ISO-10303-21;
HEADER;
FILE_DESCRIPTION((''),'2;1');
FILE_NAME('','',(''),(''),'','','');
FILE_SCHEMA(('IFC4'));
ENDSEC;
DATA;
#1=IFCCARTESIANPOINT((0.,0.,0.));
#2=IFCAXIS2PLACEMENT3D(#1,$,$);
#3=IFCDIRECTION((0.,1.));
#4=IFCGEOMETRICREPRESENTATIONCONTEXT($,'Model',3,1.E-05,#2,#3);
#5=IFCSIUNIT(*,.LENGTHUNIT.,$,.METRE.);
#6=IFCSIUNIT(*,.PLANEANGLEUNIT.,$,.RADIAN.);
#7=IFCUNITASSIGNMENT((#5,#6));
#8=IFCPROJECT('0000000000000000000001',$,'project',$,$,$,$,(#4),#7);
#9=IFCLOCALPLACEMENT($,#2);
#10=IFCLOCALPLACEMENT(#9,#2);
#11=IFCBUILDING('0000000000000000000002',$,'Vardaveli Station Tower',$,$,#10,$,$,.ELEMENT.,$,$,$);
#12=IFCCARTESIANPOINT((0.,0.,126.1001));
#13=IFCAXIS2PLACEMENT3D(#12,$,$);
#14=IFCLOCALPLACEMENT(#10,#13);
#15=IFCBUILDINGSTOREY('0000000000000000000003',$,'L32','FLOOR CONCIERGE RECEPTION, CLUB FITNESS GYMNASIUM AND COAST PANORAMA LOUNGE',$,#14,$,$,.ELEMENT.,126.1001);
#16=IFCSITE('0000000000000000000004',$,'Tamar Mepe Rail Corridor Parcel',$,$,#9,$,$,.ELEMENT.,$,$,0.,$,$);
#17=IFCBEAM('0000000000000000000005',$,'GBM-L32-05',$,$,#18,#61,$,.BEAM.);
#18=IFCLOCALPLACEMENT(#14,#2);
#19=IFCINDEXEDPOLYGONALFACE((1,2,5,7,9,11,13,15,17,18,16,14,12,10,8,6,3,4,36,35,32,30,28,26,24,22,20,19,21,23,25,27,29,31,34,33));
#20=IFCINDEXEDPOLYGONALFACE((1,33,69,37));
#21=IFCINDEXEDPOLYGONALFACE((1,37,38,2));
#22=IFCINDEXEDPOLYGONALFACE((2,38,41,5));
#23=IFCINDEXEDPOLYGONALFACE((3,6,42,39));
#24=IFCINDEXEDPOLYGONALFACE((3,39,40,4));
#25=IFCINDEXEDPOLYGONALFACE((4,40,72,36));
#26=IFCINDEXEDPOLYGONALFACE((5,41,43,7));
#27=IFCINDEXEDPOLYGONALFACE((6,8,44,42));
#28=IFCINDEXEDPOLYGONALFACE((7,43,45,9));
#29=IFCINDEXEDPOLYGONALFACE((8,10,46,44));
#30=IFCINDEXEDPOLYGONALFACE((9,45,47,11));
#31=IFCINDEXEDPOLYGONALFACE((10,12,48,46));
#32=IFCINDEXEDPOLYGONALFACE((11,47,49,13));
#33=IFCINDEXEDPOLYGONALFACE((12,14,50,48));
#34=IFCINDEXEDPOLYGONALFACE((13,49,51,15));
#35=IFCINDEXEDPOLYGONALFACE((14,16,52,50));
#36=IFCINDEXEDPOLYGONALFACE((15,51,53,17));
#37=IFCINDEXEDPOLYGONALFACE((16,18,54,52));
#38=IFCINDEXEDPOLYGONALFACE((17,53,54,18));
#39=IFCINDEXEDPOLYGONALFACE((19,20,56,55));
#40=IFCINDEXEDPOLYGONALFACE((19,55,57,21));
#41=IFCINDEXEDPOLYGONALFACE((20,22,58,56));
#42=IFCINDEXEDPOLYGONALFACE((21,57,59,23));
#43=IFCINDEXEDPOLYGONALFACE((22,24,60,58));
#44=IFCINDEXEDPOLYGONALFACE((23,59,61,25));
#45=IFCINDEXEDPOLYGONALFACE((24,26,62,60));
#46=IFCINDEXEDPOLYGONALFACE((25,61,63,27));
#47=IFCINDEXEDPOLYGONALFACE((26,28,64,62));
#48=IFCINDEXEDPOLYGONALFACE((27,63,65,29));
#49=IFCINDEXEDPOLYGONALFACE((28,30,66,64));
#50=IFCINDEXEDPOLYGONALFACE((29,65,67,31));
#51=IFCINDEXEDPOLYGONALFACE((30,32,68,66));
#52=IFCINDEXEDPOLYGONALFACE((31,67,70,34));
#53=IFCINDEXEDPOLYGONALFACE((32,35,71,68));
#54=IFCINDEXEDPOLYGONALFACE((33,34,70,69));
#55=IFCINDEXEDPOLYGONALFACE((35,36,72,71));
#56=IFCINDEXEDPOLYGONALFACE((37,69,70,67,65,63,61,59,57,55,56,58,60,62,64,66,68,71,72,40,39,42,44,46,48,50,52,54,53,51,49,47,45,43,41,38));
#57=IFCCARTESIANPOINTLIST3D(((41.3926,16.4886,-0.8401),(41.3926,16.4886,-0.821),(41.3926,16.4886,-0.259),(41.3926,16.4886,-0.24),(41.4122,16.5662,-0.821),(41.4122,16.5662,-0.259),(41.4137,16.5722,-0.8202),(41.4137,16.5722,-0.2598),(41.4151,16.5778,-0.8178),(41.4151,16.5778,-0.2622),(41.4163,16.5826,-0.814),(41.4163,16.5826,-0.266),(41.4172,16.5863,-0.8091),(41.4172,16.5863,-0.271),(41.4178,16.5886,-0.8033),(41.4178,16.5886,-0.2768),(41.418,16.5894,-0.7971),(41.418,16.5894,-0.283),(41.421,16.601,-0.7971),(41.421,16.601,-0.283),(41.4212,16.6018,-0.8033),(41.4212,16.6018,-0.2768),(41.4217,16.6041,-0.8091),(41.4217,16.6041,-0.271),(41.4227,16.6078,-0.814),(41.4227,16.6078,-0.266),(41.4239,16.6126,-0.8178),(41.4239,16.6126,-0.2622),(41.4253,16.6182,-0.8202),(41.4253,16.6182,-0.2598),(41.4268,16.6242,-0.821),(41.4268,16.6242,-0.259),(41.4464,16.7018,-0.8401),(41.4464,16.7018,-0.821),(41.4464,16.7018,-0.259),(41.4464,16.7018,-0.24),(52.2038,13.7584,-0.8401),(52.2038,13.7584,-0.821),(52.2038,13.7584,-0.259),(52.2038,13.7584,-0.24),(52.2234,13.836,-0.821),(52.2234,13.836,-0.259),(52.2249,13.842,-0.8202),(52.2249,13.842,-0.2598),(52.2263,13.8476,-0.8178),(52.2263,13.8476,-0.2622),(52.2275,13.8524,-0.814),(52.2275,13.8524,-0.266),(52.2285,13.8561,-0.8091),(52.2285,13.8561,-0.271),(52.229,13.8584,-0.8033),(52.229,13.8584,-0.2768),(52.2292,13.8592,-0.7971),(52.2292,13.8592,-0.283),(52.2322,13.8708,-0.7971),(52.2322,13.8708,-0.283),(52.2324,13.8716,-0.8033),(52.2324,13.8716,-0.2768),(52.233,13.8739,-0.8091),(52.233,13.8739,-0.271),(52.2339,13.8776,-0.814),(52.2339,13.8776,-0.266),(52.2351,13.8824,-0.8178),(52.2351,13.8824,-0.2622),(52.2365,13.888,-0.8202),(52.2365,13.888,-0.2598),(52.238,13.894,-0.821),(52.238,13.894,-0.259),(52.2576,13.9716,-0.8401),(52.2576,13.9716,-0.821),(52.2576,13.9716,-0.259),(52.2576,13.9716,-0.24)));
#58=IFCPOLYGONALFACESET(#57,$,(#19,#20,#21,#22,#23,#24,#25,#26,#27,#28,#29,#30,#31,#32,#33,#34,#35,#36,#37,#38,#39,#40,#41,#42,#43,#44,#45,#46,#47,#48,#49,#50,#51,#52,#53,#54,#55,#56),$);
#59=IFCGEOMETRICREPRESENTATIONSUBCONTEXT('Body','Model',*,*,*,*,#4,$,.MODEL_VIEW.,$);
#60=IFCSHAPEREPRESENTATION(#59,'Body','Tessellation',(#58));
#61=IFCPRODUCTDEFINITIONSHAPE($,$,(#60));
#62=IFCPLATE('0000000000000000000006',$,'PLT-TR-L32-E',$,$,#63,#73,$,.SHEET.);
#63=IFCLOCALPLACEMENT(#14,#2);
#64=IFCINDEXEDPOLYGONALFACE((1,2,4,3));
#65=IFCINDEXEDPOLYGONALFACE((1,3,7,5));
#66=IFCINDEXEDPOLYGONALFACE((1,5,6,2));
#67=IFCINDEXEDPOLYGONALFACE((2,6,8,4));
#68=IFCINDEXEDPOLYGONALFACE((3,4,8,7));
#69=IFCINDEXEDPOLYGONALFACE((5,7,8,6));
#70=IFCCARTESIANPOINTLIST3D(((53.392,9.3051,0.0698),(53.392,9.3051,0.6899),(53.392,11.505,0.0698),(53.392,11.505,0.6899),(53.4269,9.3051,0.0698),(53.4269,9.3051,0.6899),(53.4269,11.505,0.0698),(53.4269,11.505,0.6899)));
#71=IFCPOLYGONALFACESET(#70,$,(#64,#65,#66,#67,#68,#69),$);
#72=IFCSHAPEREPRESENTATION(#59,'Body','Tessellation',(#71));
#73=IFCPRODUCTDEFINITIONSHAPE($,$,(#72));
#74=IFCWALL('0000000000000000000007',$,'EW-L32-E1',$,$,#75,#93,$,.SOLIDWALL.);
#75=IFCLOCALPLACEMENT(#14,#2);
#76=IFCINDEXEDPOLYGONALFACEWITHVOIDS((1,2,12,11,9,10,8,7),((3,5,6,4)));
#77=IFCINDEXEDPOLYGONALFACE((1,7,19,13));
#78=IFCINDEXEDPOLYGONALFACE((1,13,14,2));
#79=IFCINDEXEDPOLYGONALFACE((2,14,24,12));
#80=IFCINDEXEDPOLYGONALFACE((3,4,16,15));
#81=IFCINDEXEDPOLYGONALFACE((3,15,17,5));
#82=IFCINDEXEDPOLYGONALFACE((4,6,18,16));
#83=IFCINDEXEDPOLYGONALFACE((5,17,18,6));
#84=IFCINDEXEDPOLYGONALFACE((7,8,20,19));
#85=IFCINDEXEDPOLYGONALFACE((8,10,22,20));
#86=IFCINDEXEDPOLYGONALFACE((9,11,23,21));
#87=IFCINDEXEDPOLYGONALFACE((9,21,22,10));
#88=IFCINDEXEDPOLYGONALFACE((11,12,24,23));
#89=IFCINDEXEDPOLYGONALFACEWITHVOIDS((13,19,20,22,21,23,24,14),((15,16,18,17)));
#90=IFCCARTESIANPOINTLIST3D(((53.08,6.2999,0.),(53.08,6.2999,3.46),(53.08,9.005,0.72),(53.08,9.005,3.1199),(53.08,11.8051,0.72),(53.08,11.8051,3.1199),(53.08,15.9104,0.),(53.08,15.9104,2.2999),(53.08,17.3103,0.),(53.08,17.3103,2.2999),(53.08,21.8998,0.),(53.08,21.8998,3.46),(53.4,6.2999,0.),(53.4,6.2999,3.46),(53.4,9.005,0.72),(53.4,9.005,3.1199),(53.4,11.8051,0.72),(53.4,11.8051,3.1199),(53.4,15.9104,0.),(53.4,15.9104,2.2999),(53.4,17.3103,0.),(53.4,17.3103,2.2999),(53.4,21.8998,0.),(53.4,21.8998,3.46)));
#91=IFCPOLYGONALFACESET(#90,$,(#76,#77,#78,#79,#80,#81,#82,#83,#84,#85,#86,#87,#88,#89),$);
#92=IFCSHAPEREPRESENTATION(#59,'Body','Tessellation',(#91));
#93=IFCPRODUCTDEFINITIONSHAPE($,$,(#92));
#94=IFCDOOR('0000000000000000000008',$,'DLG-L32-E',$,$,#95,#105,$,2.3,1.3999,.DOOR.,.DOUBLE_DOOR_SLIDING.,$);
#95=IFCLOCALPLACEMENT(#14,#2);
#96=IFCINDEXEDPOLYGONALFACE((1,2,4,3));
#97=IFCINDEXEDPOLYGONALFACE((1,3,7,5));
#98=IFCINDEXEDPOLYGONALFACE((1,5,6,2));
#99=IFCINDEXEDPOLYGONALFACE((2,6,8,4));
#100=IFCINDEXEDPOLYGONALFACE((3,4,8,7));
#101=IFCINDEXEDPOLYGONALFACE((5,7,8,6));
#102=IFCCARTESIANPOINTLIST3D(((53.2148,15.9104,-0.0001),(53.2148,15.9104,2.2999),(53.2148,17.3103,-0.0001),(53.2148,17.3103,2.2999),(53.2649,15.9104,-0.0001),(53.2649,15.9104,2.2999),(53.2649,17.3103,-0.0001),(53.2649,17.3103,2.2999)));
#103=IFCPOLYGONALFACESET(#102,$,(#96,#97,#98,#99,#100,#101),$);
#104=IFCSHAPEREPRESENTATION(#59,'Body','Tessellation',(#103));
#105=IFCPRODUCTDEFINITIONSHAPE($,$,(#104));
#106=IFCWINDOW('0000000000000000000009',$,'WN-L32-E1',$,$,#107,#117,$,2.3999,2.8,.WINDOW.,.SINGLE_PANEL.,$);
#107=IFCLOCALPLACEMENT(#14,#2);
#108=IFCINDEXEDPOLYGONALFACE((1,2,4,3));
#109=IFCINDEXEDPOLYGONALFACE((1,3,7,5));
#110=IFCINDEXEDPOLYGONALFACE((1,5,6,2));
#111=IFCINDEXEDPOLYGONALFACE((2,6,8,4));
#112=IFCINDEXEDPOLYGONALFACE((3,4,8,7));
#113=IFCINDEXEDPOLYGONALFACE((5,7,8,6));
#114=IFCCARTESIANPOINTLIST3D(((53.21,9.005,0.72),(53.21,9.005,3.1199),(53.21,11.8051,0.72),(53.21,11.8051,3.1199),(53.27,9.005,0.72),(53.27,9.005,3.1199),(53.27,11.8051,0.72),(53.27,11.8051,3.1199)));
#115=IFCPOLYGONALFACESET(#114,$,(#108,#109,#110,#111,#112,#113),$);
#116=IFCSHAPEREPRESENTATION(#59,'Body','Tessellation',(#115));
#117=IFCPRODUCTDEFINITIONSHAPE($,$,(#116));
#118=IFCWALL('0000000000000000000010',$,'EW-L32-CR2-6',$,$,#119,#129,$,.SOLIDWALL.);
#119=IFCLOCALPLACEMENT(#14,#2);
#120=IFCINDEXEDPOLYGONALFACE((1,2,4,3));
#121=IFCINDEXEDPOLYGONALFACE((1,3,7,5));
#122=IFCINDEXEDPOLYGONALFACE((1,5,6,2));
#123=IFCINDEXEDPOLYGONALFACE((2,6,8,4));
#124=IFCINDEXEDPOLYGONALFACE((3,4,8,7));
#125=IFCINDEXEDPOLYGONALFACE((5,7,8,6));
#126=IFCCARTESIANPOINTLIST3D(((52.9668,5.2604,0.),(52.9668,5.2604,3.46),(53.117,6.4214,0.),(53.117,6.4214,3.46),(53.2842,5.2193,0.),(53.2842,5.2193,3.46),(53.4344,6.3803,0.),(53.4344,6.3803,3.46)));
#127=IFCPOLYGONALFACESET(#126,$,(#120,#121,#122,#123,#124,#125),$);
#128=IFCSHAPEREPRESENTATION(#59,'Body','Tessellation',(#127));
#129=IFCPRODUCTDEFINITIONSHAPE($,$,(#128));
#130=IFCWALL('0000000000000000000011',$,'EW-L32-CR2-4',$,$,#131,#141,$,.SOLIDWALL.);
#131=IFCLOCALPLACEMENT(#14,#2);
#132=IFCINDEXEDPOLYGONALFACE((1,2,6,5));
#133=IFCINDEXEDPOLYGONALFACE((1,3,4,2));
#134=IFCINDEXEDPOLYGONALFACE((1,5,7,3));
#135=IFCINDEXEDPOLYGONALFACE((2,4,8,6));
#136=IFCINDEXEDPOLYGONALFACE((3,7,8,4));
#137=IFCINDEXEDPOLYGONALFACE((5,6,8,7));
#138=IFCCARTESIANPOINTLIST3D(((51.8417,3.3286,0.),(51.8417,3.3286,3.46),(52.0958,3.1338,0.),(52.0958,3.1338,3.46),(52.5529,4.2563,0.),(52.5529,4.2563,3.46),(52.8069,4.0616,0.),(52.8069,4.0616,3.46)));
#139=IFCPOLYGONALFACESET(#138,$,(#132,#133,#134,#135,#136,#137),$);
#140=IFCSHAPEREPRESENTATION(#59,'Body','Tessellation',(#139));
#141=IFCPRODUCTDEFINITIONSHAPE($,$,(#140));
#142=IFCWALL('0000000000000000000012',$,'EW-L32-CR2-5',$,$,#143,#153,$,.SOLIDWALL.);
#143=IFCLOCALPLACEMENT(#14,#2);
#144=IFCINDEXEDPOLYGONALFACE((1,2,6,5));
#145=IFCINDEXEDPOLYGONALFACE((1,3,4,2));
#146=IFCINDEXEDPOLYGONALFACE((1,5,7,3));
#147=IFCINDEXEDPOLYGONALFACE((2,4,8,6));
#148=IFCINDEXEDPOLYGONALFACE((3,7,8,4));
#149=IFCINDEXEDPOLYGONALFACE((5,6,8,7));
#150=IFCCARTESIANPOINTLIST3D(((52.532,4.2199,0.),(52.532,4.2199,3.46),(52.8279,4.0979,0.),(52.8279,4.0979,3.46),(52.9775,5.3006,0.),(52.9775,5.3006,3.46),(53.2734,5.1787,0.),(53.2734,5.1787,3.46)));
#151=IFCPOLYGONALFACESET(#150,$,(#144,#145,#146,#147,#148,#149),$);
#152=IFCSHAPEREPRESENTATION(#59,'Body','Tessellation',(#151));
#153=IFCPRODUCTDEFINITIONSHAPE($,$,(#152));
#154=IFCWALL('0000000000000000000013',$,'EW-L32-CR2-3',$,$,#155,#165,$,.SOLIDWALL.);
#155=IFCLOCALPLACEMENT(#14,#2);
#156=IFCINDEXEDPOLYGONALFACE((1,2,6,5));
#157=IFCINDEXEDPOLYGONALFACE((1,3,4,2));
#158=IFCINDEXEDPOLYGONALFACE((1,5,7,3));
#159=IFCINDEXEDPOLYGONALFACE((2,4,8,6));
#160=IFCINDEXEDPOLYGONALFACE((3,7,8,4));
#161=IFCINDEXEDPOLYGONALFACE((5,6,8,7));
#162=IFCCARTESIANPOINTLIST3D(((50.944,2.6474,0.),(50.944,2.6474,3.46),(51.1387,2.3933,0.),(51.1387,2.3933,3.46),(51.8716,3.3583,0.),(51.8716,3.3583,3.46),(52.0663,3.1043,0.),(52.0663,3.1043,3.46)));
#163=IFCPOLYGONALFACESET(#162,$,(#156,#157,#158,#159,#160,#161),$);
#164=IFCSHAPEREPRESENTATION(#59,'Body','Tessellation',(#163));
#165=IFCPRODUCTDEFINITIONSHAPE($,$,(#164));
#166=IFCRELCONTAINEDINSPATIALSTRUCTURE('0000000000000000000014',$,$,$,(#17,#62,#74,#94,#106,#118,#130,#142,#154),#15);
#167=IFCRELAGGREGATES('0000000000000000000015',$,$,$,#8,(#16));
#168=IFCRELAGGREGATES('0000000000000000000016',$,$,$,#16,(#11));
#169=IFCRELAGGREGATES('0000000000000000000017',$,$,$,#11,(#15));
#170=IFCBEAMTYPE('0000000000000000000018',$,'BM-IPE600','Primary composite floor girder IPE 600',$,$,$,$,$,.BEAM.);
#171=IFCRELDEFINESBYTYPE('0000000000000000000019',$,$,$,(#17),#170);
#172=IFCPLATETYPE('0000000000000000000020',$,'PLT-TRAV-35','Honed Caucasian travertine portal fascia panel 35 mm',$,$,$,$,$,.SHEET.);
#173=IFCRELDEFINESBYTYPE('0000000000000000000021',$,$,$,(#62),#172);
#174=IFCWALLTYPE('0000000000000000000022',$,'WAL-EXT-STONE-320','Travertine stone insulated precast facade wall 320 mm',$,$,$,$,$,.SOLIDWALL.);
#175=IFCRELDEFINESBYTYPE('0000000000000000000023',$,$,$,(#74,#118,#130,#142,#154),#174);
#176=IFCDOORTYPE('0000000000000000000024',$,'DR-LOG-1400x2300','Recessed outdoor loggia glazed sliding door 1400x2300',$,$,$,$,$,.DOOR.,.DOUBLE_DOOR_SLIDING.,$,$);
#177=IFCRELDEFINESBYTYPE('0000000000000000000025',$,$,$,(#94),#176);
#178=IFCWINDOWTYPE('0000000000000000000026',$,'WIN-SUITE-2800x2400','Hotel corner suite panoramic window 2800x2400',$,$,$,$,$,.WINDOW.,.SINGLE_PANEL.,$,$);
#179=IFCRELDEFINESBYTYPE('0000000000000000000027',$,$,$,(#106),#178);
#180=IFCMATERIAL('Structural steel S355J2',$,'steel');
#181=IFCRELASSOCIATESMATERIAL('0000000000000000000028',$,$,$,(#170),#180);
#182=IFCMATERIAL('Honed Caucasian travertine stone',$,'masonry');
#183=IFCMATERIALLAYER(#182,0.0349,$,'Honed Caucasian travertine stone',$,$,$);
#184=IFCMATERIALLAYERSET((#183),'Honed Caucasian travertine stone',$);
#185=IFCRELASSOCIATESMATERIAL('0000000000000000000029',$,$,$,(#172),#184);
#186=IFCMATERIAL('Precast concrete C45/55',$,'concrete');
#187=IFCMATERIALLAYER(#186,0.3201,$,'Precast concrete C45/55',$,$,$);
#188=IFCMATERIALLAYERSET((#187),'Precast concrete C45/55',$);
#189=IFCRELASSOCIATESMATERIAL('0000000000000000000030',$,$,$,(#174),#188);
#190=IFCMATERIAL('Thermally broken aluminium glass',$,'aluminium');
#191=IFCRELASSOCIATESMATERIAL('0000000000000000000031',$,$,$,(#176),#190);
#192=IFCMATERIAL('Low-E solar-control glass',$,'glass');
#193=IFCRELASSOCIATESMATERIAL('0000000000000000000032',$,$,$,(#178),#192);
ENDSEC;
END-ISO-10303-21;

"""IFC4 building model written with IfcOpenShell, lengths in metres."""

from ifc_helpers import new_model, si_unit, direction, frame, frame_2d, origin, origin_2d, place, context, subcontext, project, spatial, rectangle, i_section, extrude, source, transform, mapped, material, layer, layer_set, material_profile, profile_set, type_object, element, fill, save


model = new_model("IFC4")

# Units and contexts
model_context = context("Model", 3, precision=1e-05, world=origin(), true_north=direction((0.0, 1.0)))
body_context = subcontext(model_context, "Body", "Model", "MODEL_VIEW")
ifc_project = project(units=[si_unit("LENGTHUNIT", "METRE"), si_unit("PLANEANGLEUNIT", "RADIAN")], contexts=[model_context])

# Site, building, storey
site_placement = place(None, origin())
site = spatial("IfcSite", under=ifc_project, at=site_placement, Name="Tamar Mepe Rail Corridor Parcel", CompositionType="ELEMENT", RefElevation=0.0)
building_placement = place(site_placement, origin())
building = spatial("IfcBuilding", under=site, at=building_placement, Name="Vardaveli Station Tower", CompositionType="ELEMENT")
storey_placement = place(building_placement, frame((0.0, 0.0, 126.1001)))
storey = spatial("IfcBuildingStorey", under=building, at=storey_placement, Name="L32", Description="FLOOR CONCIERGE RECEPTION, CLUB FITNESS GYMNASIUM AND COAST PANORAMA LOUNGE", CompositionType="ELEMENT", Elevation=126.1001)

# Beam
ifc_material_1 = material(Name="Precast concrete C45/55", Category="concrete")
ifc_material_2 = material(Name="Structural steel S355J2", Category="steel")
ifc_material_profile_1 = material_profile(ifc_material_2, i_section(OverallWidth=0.22, OverallDepth=0.6001, WebThickness=0.012, FlangeThickness=0.019, FilletRadius=0.0239, at=origin_2d()), Name="IPE 600")
ifc_profile_set_1 = profile_set([ifc_material_profile_1], Name="Structural steel S355J2")
beam_type_1 = type_object("IfcBeamType", Name="BM-IPE600", Description="Primary composite floor girder IPE 600", PredefinedType="BEAM", material=ifc_profile_set_1)
shared_shape_1 = source(origin(), body_context, "Body", "SweptSolid", [
    extrude(i_section(OverallWidth=0.22, OverallDepth=0.6001, WebThickness=0.012, FlangeThickness=0.019, FilletRadius=0.0239, at=origin_2d()), origin(), (0.0, 0.0, 1.0), 11.1506),
])
beam_1_placement = place(storey_placement, frame((52.2307, 13.865, -0.54), z_axis=(-0.969561, 0.244848, 0.0), x_axis=(-0.244848, -0.969561, 0.0)))
element("IfcBeam", 1, at=beam_1_placement, inside=storey, type_object=beam_type_1, Name="GBM-L32-05", PredefinedType="BEAM", context=body_context, shape_type="MappedRepresentation", body=[
    mapped(shared_shape_1, transform((0.0, 0.0, 0.0), scale=1.0)),
])

# Plate
ifc_material_3 = material(Name="Honed Caucasian travertine stone", Category="masonry")
ifc_layer_1 = layer(ifc_material_3, 0.0349, Name="Honed Caucasian travertine stone")
ifc_layer_set_1 = layer_set([ifc_layer_1], Name="Honed Caucasian travertine stone")
plate_type = type_object("IfcPlateType", Name="PLT-TRAV-35", Description="Honed Caucasian travertine portal fascia panel 35 mm", PredefinedType="SHEET", material=ifc_layer_set_1)
shared_shape_2 = source(origin(), body_context, "Body", "SweptSolid", [
    extrude(rectangle(XDim=2.2, YDim=0.0349, at=origin_2d()), origin(), (0.0, 0.0, 1.0), 0.6201),
])
plate_placement = place(storey_placement, frame((53.4094, 10.405, 0.0698), z_axis=(0.0, 0.0, 1.0), x_axis=(0.0, 1.0, 0.0)))
element("IfcPlate", 2, at=plate_placement, inside=storey, type_object=plate_type, Name="PLT-TR-L32-E", PredefinedType="SHEET", context=body_context, shape_type="MappedRepresentation", body=[
    mapped(shared_shape_2, transform((0.0, 0.0, 0.0), scale=1.0)),
])

# Wall, openings, door, window
ifc_layer_2 = layer(ifc_material_1, 0.3201, Name="Precast concrete C45/55")
ifc_layer_set_2 = layer_set([ifc_layer_2], Name="Precast concrete C45/55")
wall_type_1 = type_object("IfcWallType", Name="WAL-EXT-STONE-320", Description="Travertine stone insulated precast facade wall 320 mm", PredefinedType="SOLIDWALL", material=ifc_layer_set_2)
shared_shape_3 = source(origin(), body_context, "Body", "SweptSolid", [
    extrude(rectangle(XDim=15.5999, YDim=0.3201, at=frame_2d((7.7998, 0.0))), origin(), (0.0, 0.0, 1.0), 3.46),
])
wall_1_placement = place(storey_placement, frame((53.24, 6.3, 0.0), z_axis=(0.0, 0.0, 1.0), x_axis=(0.0, 1.0, 0.0)))
wall_1 = element("IfcWall", 3, at=wall_1_placement, inside=storey, type_object=wall_type_1, Name="EW-L32-E1", PredefinedType="SOLIDWALL", context=body_context, shape_type="MappedRepresentation", body=[
    mapped(shared_shape_3, transform((0.0, 0.0, 0.0), scale=1.0)),
])
shared_shape_4 = source(origin(), body_context, "Body", "SweptSolid", [
    extrude(rectangle(XDim=1.3999, YDim=2.3, at=frame_2d((0.7, 1.1499))), frame((0.0, 0.1699, 0.0), z_axis=(0.0, -1.0, 0.0), x_axis=(1.0, 0.0, 0.0)), (0.0, 0.0, 1.0), 0.3401),
])
opening_1_placement = place(wall_1_placement, frame((9.6104, 0.0, 0.0)))
opening_1 = element("IfcOpeningElement", 4, at=opening_1_placement, cuts=wall_1, PredefinedType="OPENING", context=body_context, shape_type="MappedRepresentation", body=[
    mapped(shared_shape_4, transform((0.0, 0.0, 0.0), scale=1.0)),
])
shared_shape_5 = source(origin(), body_context, "Body", "SweptSolid", [
    extrude(rectangle(XDim=2.8, YDim=2.3999, at=frame_2d((1.3999, 1.2))), frame((0.0, 0.1699, 0.0), z_axis=(0.0, -1.0, 0.0), x_axis=(1.0, 0.0, 0.0)), (0.0, 0.0, 1.0), 0.3401),
])
opening_2_placement = place(wall_1_placement, frame((2.7051, 0.0, 0.72)))
opening_2 = element("IfcOpeningElement", 5, at=opening_2_placement, cuts=wall_1, PredefinedType="OPENING", context=body_context, shape_type="MappedRepresentation", body=[
    mapped(shared_shape_5, transform((0.0, 0.0, 0.0), scale=1.0)),
])
ifc_material_4 = material(Name="Thermally broken aluminium glass", Category="aluminium")
door_type_1 = type_object("IfcDoorType", Name="DR-LOG-1400x2300", Description="Recessed outdoor loggia glazed sliding door 1400x2300", OperationType="DOUBLE_DOOR_SLIDING", PredefinedType="DOOR", material=ifc_material_4)
shared_shape_6 = source(origin(), body_context, "Body", "SweptSolid", [
    extrude(rectangle(XDim=1.3999, YDim=2.3, at=frame_2d((0.7, 1.1499))), frame((0.0, 0.0249, 0.0), z_axis=(0.0, -1.0, 0.0), x_axis=(1.0, 0.0, 0.0)), (0.0, 0.0, 1.0), 0.05),
])
door_1_placement = place(opening_1_placement, frame((1.3999, 0.0, 0.0), z_axis=(0.0, 0.0, 1.0), x_axis=(-1.0, 0.0, 0.0)))
door_1 = element("IfcDoor", 6, at=door_1_placement, inside=storey, type_object=door_type_1, Name="DLG-L32-E", OperationType="DOUBLE_DOOR_SLIDING", OverallHeight=2.3, OverallWidth=1.3999, PredefinedType="DOOR", context=body_context, shape_type="MappedRepresentation", body=[
    mapped(shared_shape_6, transform((0.0, 0.0, 0.0), scale=1.0)),
])
fill(opening_1, door_1)
ifc_material_5 = material(Name="Low-E solar-control glass", Category="glass")
window_type = type_object("IfcWindowType", Name="WIN-SUITE-2800x2400", Description="Hotel corner suite panoramic window 2800x2400", PartitioningType="SINGLE_PANEL", PredefinedType="WINDOW", material=ifc_material_5)
shared_shape_7 = source(origin(), body_context, "Body", "SweptSolid", [
    extrude(rectangle(XDim=2.8, YDim=2.3999, at=frame_2d((1.3999, 1.2))), frame((0.0, 0.03, 0.0), z_axis=(0.0, -1.0, 0.0), x_axis=(1.0, 0.0, 0.0)), (0.0, 0.0, 1.0), 0.0601),
])
window_placement = place(opening_2_placement, origin())
window = element("IfcWindow", 7, at=window_placement, inside=storey, type_object=window_type, Name="WN-L32-E1", OverallHeight=2.3999, OverallWidth=2.8, PartitioningType="SINGLE_PANEL", PredefinedType="WINDOW", context=body_context, shape_type="MappedRepresentation", body=[
    mapped(shared_shape_7, transform((0.0, 0.0, 0.0), scale=1.0)),
])
fill(opening_2, window)

# Walls
shared_shape_8 = source(origin(), body_context, "Body", "SweptSolid", [
    extrude(rectangle(XDim=1.1707, YDim=0.3201, at=frame_2d((0.5854, 0.0))), origin(), (0.0, 0.0, 1.0), 3.46),
])
wall_2_placement = place(storey_placement, frame((53.1255, 5.2397, 0.0), z_axis=(0.0, 0.0, 1.0), x_axis=(0.128269, 0.991739, 0.0)))
element("IfcWall", 8, at=wall_2_placement, inside=storey, type_object=wall_type_1, Name="EW-L32-CR2-6", PredefinedType="SOLIDWALL", context=body_context, shape_type="MappedRepresentation", body=[
    mapped(shared_shape_8, transform((0.0, 0.0, 0.0), scale=1.0)),
])
shared_shape_9 = source(origin(), body_context, "Body", "SweptSolid", [
    extrude(rectangle(XDim=1.1689, YDim=0.3201, at=frame_2d((0.5845, 0.0))), origin(), (0.0, 0.0, 1.0), 3.46),
])
for number, where, z_axis, x_axis, name in (
    (9, (51.9688, 3.2312, 0.0), (0.0, 0.0, 1.0), (0.608388, 0.79364, 0.0), "EW-L32-CR2-4"),
    (10, (52.6799, 4.1589, 0.0), (0.0, 0.0, 1.0), (0.381128, 0.924522, 0.0), "EW-L32-CR2-5"),
):
    element("IfcWall", number, at=place(storey_placement, frame(where, z_axis=z_axis, x_axis=x_axis)), inside=storey, type_object=wall_type_1, Name=name, PredefinedType="SOLIDWALL", context=body_context, shape_type="MappedRepresentation", body=[
        mapped(shared_shape_9, transform((0.0, 0.0, 0.0), scale=1.0)),
    ])
shared_shape_10 = source(origin(), body_context, "Body", "SweptSolid", [
    extrude(rectangle(XDim=1.1687, YDim=0.3201, at=frame_2d((0.5845, 0.0))), origin(), (0.0, 0.0, 1.0), 3.46),
])
wall_3_placement = place(storey_placement, frame((51.0413, 2.5203, 0.0), z_axis=(0.0, 0.0, 1.0), x_axis=(0.793664, 0.608357, 0.0)))
element("IfcWall", 11, at=wall_3_placement, inside=storey, type_object=wall_type_1, Name="EW-L32-CR2-3", PredefinedType="SOLIDWALL", context=body_context, shape_type="MappedRepresentation", body=[
    mapped(shared_shape_10, transform((0.0, 0.0, 0.0), scale=1.0)),
])

save(model, "model.ifc")
